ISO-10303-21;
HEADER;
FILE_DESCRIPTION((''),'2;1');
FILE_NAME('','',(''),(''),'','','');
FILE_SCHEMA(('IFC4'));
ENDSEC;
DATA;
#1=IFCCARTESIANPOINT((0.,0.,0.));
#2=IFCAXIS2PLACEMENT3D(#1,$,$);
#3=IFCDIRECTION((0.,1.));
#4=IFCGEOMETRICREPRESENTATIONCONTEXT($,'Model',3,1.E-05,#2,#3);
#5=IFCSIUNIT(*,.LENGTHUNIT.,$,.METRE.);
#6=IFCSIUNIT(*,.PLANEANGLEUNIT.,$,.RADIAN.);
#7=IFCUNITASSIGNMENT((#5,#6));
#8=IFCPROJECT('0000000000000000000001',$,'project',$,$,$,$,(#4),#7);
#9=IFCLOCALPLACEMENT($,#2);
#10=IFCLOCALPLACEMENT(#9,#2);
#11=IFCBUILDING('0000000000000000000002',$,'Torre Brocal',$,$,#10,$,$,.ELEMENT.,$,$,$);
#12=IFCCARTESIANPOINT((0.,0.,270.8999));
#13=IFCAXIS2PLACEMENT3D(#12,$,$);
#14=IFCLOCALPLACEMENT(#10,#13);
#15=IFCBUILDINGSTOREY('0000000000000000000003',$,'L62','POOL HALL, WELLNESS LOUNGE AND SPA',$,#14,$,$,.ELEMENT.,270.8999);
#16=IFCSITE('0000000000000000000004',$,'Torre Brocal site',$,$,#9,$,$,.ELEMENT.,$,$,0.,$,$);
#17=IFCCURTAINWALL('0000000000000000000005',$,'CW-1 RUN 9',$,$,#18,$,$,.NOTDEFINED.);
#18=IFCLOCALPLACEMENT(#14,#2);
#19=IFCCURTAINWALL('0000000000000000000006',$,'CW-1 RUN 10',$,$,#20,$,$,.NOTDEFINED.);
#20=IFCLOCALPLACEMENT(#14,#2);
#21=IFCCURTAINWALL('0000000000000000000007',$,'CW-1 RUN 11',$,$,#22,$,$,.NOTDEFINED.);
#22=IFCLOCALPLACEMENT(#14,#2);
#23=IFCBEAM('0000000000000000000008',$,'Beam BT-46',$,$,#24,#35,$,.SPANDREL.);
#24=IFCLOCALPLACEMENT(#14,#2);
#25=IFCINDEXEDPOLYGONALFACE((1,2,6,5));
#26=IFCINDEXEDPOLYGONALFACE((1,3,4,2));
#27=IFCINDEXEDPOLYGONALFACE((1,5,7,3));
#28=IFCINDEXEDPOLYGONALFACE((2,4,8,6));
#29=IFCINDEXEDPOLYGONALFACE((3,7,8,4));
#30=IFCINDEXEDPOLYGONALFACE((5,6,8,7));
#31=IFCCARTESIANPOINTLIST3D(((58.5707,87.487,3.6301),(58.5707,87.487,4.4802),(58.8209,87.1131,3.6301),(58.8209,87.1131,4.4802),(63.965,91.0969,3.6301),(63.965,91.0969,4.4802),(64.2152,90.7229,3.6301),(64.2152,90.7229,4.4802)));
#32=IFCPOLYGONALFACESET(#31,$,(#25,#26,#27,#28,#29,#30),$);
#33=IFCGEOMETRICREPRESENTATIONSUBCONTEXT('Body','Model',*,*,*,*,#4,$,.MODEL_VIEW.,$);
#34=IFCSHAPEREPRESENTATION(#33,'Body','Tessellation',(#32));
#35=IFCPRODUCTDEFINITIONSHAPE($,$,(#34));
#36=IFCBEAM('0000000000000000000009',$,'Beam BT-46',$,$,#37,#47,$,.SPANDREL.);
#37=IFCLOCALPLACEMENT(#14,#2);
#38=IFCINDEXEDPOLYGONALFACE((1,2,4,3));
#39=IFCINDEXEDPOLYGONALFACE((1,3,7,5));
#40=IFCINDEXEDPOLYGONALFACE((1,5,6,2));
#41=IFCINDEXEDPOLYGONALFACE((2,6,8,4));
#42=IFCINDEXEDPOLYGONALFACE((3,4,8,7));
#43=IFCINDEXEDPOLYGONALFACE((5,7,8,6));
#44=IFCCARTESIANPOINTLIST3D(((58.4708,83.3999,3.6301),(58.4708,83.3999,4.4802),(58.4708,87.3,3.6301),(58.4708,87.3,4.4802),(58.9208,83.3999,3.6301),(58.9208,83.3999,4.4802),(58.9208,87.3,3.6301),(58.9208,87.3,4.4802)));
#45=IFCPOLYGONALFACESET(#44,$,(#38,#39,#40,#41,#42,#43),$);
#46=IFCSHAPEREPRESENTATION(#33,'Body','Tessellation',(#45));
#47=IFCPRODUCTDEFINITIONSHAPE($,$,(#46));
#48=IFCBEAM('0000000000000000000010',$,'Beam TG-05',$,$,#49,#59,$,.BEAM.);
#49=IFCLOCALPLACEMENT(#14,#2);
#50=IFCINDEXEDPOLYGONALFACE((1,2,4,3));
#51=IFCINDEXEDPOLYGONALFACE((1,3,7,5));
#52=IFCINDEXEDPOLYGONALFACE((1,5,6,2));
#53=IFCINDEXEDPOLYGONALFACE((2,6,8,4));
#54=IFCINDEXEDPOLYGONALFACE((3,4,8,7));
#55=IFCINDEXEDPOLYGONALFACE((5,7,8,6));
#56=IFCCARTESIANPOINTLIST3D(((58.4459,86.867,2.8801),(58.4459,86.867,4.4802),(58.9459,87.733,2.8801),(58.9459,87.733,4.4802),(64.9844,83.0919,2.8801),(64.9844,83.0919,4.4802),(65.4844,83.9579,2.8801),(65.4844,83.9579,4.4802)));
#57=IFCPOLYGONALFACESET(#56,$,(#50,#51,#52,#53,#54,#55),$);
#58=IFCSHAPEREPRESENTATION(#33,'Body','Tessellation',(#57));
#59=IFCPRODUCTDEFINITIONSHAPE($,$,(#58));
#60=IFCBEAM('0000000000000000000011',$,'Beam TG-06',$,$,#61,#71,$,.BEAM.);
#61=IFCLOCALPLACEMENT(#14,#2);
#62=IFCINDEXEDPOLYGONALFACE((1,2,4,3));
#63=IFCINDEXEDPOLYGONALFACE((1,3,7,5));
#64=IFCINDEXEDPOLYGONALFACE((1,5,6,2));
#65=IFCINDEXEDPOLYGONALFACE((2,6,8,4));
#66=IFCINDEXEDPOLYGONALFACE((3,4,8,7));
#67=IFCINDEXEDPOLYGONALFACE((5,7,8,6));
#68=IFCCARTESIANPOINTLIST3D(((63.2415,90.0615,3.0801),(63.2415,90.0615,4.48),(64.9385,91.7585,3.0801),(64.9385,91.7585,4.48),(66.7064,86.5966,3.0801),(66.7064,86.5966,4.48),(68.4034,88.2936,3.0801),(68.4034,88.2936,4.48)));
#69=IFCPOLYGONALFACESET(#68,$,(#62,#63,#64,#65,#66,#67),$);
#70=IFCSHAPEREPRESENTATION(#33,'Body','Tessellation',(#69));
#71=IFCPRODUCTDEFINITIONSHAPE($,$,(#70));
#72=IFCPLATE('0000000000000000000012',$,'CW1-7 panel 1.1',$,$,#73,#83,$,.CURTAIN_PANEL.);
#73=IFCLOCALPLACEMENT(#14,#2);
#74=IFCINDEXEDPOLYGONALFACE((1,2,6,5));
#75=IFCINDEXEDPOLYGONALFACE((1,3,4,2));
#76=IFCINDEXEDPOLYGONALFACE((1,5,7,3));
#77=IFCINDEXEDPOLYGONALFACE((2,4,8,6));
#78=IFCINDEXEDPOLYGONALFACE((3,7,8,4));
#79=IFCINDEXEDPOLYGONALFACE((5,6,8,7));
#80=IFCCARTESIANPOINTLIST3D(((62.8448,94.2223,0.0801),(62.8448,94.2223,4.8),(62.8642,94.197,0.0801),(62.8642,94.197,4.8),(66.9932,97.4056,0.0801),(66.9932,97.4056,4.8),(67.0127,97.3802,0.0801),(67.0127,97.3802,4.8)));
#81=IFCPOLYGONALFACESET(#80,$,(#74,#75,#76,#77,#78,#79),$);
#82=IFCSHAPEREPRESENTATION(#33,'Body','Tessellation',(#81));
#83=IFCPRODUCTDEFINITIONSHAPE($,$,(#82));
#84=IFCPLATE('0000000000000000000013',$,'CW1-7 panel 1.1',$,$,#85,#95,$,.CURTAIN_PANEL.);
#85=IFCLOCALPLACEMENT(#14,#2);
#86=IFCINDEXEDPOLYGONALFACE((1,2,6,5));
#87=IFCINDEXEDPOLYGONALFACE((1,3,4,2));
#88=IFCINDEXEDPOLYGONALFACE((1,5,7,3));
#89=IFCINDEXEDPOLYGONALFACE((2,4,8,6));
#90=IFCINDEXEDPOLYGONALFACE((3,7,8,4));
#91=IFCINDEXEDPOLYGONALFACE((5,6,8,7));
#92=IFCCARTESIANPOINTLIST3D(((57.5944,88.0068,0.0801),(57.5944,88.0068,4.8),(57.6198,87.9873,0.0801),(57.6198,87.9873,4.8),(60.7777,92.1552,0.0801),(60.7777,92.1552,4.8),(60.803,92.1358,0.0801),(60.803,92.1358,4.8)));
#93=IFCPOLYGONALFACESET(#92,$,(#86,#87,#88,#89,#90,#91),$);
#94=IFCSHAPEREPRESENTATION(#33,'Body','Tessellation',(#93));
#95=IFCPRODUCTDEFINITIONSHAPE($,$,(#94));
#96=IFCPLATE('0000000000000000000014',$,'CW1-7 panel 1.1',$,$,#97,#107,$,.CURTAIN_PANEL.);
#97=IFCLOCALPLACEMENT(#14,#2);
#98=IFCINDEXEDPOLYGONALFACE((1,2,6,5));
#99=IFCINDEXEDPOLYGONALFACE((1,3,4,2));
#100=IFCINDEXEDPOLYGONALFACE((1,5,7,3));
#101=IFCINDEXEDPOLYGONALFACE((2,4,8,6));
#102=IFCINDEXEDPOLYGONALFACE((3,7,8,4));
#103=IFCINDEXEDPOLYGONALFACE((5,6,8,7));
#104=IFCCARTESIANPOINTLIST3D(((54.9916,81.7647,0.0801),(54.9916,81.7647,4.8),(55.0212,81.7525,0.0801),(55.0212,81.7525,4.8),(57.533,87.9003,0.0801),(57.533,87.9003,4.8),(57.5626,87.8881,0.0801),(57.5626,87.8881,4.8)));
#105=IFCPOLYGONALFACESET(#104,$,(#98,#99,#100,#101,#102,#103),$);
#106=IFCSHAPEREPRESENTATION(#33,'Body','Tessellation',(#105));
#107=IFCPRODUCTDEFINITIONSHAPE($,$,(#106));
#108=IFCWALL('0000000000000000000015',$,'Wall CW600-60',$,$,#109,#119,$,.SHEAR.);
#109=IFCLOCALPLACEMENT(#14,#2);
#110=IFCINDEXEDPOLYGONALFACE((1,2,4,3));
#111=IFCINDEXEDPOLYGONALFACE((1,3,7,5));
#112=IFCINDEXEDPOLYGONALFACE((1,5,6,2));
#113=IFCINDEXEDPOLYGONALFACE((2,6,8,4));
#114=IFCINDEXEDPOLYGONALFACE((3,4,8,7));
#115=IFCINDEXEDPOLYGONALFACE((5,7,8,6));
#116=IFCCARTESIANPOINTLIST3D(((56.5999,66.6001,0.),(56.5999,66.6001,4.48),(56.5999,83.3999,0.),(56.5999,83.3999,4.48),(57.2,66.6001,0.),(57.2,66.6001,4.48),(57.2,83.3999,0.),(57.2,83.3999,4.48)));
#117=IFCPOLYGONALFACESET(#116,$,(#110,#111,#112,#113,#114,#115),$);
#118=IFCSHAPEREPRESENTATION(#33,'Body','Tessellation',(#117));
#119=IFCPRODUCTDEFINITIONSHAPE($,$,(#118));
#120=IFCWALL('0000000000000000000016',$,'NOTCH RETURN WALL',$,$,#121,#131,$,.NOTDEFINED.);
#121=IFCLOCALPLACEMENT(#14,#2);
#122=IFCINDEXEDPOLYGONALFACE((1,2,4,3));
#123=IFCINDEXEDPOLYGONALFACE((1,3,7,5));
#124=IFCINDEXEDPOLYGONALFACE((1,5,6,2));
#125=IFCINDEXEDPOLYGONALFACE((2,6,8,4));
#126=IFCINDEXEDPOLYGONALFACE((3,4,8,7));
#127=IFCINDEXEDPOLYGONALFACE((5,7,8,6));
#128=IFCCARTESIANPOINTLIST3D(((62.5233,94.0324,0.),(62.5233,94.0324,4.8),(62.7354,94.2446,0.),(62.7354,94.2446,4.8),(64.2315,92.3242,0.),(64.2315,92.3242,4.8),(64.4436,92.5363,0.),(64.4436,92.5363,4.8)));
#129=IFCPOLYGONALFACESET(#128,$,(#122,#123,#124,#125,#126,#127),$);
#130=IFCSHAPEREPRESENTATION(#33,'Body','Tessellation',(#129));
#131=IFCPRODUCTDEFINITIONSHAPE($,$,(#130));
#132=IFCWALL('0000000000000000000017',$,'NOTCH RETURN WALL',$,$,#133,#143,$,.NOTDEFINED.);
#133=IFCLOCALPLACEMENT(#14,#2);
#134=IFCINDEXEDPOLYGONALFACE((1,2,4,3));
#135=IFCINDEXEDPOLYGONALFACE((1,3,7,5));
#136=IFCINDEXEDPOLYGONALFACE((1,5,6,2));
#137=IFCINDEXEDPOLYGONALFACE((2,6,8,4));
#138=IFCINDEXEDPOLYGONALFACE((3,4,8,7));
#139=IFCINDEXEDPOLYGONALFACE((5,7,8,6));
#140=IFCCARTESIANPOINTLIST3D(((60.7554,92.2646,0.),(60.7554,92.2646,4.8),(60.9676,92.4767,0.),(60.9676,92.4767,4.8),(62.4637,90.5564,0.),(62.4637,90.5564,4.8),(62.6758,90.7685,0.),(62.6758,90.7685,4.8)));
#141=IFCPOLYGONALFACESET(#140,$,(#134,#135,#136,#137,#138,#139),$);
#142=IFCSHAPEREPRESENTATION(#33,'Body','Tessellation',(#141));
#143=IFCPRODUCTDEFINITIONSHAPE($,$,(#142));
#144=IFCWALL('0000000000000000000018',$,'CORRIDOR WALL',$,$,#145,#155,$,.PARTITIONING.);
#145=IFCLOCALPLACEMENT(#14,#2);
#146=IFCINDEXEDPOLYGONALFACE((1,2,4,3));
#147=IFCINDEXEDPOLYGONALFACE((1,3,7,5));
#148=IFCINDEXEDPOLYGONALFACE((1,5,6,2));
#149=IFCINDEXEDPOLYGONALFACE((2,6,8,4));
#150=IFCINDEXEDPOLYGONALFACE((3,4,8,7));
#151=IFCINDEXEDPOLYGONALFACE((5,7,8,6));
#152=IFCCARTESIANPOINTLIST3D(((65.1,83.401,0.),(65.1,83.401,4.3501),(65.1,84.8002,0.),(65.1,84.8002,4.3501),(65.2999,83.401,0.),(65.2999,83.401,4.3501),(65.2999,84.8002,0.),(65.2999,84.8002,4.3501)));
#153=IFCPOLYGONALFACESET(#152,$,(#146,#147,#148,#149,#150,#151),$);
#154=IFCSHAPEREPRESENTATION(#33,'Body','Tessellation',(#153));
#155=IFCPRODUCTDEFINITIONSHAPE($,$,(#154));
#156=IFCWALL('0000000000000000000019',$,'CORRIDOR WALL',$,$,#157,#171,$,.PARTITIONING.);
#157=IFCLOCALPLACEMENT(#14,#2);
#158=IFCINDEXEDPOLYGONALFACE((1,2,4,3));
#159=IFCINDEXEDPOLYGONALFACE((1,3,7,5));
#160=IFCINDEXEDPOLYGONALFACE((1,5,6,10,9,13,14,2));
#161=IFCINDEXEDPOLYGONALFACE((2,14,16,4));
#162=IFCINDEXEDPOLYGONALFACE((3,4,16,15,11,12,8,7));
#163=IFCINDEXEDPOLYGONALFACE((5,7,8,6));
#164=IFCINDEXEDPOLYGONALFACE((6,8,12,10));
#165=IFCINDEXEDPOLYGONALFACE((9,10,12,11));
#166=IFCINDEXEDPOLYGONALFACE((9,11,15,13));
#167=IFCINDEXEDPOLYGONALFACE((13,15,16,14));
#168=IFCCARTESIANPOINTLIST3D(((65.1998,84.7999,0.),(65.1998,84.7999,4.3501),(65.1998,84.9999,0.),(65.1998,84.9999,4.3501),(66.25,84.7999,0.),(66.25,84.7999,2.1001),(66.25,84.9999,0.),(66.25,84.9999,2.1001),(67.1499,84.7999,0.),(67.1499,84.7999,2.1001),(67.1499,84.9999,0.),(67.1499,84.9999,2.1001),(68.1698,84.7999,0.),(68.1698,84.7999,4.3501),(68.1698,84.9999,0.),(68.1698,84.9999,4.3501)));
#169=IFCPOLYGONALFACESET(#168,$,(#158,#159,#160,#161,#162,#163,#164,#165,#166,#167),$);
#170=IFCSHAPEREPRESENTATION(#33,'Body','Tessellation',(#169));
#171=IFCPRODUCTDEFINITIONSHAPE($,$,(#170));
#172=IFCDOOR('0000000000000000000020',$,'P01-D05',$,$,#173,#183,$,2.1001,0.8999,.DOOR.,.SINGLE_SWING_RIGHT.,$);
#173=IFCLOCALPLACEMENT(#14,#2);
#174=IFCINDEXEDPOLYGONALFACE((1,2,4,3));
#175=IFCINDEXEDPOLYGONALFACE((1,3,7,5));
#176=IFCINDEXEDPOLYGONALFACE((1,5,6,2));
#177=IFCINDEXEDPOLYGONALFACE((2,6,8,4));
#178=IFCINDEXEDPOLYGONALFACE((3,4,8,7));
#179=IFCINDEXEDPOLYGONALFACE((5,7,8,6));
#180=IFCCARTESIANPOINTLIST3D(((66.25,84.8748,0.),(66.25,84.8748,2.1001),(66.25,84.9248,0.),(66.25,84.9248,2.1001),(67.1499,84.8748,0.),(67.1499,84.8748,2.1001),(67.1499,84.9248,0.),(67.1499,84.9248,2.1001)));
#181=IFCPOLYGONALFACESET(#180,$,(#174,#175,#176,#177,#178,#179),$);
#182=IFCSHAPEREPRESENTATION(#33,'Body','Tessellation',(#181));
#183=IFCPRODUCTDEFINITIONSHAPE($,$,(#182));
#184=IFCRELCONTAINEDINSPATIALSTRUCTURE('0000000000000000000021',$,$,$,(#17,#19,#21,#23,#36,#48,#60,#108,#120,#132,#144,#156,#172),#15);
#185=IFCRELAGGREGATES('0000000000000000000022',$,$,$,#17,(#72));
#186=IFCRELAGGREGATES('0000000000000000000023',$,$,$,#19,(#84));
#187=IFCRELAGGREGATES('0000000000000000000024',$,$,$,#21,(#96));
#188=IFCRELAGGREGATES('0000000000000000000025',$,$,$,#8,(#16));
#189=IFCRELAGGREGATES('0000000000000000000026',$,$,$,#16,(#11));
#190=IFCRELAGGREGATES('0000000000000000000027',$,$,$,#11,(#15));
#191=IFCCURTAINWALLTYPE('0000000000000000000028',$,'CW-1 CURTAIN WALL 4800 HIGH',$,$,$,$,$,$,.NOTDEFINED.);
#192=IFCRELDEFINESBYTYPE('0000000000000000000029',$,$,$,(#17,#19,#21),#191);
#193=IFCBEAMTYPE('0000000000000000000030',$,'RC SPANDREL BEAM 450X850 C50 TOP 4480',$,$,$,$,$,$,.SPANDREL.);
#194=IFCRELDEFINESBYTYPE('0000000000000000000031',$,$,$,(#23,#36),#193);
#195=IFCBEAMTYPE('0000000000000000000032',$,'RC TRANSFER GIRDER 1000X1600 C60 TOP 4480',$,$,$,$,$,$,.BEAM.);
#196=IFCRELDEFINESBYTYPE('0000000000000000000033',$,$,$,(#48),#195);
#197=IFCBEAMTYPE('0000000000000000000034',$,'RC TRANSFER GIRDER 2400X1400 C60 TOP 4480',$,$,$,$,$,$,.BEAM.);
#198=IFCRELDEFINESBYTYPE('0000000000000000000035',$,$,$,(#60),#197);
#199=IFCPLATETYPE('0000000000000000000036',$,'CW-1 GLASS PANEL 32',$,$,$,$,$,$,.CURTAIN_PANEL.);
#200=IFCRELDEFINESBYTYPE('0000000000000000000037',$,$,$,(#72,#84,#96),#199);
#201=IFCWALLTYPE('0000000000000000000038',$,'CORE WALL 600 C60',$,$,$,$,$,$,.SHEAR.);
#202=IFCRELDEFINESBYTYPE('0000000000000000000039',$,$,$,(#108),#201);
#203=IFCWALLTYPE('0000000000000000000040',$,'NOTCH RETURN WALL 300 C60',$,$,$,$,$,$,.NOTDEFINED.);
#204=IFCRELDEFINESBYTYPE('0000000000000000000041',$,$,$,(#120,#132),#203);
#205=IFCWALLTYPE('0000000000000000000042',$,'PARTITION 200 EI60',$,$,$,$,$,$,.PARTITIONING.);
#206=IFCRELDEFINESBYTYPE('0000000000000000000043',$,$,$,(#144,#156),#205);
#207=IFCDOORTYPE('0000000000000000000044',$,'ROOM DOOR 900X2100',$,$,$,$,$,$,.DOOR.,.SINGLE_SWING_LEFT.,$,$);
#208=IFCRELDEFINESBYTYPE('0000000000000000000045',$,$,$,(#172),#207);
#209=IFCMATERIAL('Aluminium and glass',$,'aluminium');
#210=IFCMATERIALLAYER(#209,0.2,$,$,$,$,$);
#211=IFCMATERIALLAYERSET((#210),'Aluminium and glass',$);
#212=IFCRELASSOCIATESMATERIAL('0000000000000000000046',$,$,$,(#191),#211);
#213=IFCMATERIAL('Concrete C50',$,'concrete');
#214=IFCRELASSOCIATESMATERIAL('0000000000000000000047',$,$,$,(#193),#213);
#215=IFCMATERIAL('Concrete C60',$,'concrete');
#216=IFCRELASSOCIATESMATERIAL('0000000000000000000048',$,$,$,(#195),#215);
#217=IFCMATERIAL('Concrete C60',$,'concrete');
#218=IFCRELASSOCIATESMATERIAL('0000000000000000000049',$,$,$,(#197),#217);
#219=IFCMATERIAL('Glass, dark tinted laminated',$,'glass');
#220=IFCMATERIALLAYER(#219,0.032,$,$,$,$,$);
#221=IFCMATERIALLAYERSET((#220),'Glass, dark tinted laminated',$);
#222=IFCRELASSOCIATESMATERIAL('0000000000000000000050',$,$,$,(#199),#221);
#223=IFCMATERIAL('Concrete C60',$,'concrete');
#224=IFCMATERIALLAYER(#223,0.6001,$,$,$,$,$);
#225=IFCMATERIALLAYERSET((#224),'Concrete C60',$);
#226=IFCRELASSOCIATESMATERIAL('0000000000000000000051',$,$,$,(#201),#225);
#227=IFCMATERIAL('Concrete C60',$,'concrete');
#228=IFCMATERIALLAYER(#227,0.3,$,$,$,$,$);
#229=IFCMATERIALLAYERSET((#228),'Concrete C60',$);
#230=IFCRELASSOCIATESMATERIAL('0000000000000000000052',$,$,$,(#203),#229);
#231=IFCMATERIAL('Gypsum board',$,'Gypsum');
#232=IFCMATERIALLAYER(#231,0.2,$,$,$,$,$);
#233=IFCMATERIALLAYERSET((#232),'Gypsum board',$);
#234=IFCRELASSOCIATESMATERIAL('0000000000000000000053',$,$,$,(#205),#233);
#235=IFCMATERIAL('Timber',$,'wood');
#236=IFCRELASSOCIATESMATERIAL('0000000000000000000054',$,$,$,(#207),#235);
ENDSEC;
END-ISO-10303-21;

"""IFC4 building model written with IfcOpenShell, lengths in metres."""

from ifc_helpers import new_model, si_unit, direction, frame, frame_2d, origin, origin_2d, place, context, subcontext, project, spatial, rectangle, extrude, material, layer, layer_set, material_profile, profile_set, type_object, element, fill, aggregate, save


model = new_model("IFC4")

# Units and contexts
model_context = context("Model", 3, precision=1e-05, world=origin(), true_north=direction((0.0, 1.0)))
body_context = subcontext(model_context, "Body", "Model", "MODEL_VIEW")
ifc_project = project(units=[si_unit("LENGTHUNIT", "METRE"), si_unit("PLANEANGLEUNIT", "RADIAN")], contexts=[model_context])

# Site, building, storey
site_placement = place(None, origin())
site = spatial("IfcSite", under=ifc_project, at=site_placement, Name="Torre Brocal site", CompositionType="ELEMENT", RefElevation=0.0)
building_placement = place(site_placement, origin())
building = spatial("IfcBuilding", under=site, at=building_placement, Name="Torre Brocal", CompositionType="ELEMENT")
storey_placement = place(building_placement, frame((0.0, 0.0, 270.8999)))
storey = spatial("IfcBuildingStorey", under=building, at=storey_placement, Name="L62", Description="POOL HALL, WELLNESS LOUNGE AND SPA", CompositionType="ELEMENT", Elevation=270.8999)

# Shared definitions
ifc_material_1 = material(Name="Aluminium and glass", Category="aluminium")
ifc_layer_1 = layer(ifc_material_1, 0.2)
ifc_layer_set_1 = layer_set([ifc_layer_1], Name="Aluminium and glass")
curtain_wall_type = type_object("IfcCurtainWallType", Name="CW-1 CURTAIN WALL 4800 HIGH", PredefinedType="NOTDEFINED", material=ifc_layer_set_1)

# Curtain walls
curtain_wall_1_placement = place(storey_placement, origin())
curtain_wall_1 = element("IfcCurtainWall", 1, at=curtain_wall_1_placement, inside=storey, type_object=curtain_wall_type, Name="CW-1 RUN 9", PredefinedType="NOTDEFINED")
curtain_wall_2_placement = place(storey_placement, origin())
curtain_wall_2 = element("IfcCurtainWall", 2, at=curtain_wall_2_placement, inside=storey, type_object=curtain_wall_type, Name="CW-1 RUN 10", PredefinedType="NOTDEFINED")

# Curtain wall
curtain_wall_3_placement = place(storey_placement, origin())
curtain_wall_3 = element("IfcCurtainWall", 3, at=curtain_wall_3_placement, inside=storey, type_object=curtain_wall_type, Name="CW-1 RUN 11", PredefinedType="NOTDEFINED")

# Beams
ifc_material_2 = material(Name="Concrete C50", Category="concrete")
ifc_material_profile_1 = material_profile(ifc_material_2, rectangle(XDim=0.45, YDim=0.8501, at=origin_2d()), Name="RC 450X850")
ifc_profile_set_1 = profile_set([ifc_material_profile_1], Name="Concrete C50")
beam_type_1 = type_object("IfcBeamType", Name="RC SPANDREL BEAM 450X850 C50 TOP 4480", PredefinedType="SPANDREL", material=ifc_profile_set_1)
beam_1_placement = place(storey_placement, frame((64.0901, 90.9099, 4.0552), z_axis=(-0.831077, -0.556158, 0.0), x_axis=(0.556158, -0.831077, 0.0)))
element("IfcBeam", 4, at=beam_1_placement, inside=storey, type_object=beam_type_1, Name="Beam BT-46", PredefinedType="SPANDREL", context=body_context, shape_type="SweptSolid", body=[
    extrude(rectangle(XDim=0.45, YDim=0.8501, at=origin_2d()), origin(), (0.0, 0.0, 1.0), 6.4907),
])
beam_2_placement = place(storey_placement, frame((58.6958, 87.3, 4.0552), z_axis=(0.0, -1.0, 0.0), x_axis=(1.0, 0.0, 0.0)))
element("IfcBeam", 5, at=beam_2_placement, inside=storey, type_object=beam_type_1, Name="Beam BT-46", PredefinedType="SPANDREL", context=body_context, shape_type="SweptSolid", body=[
    extrude(rectangle(XDim=0.45, YDim=0.8501, at=origin_2d()), origin(), (0.0, 0.0, 1.0), 3.9001),
])
ifc_material_3 = material(Name="Concrete C60", Category="concrete")
ifc_material_profile_2 = material_profile(ifc_material_3, rectangle(XDim=1.0, YDim=1.6001, at=origin_2d()), Name="RC 1000X1600")
ifc_profile_set_2 = profile_set([ifc_material_profile_2], Name="Concrete C60")
beam_type_2 = type_object("IfcBeamType", Name="RC TRANSFER GIRDER 1000X1600 C60 TOP 4480", PredefinedType="BEAM", material=ifc_profile_set_2)
beam_3_placement = place(storey_placement, frame((65.2344, 83.5249, 3.6802), z_axis=(-0.86602, 0.50001, 0.0), x_axis=(-0.50001, -0.86602, 0.0)))
element("IfcBeam", 6, at=beam_3_placement, inside=storey, type_object=beam_type_2, Name="Beam TG-05", PredefinedType="BEAM", context=body_context, shape_type="SweptSolid", body=[
    extrude(rectangle(XDim=1.0, YDim=1.6001, at=origin_2d()), origin(), (0.0, 0.0, 1.0), 7.55),
])
ifc_material_4 = material(Name="Concrete C60", Category="concrete")
ifc_material_profile_3 = material_profile(ifc_material_4, rectangle(XDim=2.3999, YDim=1.3999, at=origin_2d()), Name="RC 2400X1400")
ifc_profile_set_3 = profile_set([ifc_material_profile_3], Name="Concrete C60")
beam_type_3 = type_object("IfcBeamType", Name="RC TRANSFER GIRDER 2400X1400 C60 TOP 4480", PredefinedType="BEAM", material=ifc_profile_set_3)
beam_4_placement = place(storey_placement, frame((67.5549, 87.4451, 3.78), z_axis=(-0.707107, 0.707107, 0.0), x_axis=(-0.707107, -0.707107, 0.0)))
element("IfcBeam", 7, at=beam_4_placement, inside=storey, type_object=beam_type_3, Name="Beam TG-06", PredefinedType="BEAM", context=body_context, shape_type="SweptSolid", body=[
    extrude(rectangle(XDim=2.3999, YDim=1.3999, at=origin_2d()), origin(), (0.0, 0.0, 1.0), 4.9001),
])

# Plates
ifc_material_5 = material(Name="Glass, dark tinted laminated", Category="glass")
ifc_layer_2 = layer(ifc_material_5, 0.032)
ifc_layer_set_2 = layer_set([ifc_layer_2], Name="Glass, dark tinted laminated")
plate_type = type_object("IfcPlateType", Name="CW-1 GLASS PANEL 32", PredefinedType="CURTAIN_PANEL", material=ifc_layer_set_2)
plate_1_placement = place(storey_placement, frame((64.9287, 95.8013, 0.0801), z_axis=(0.0, 0.0, 1.0), x_axis=(-0.793353, -0.608761, 0.0)))
plate_1 = element("IfcPlate", 8, at=plate_1_placement, type_object=plate_type, Name="CW1-7 panel 1.1", PredefinedType="CURTAIN_PANEL", context=body_context, shape_type="SweptSolid", body=[
    extrude(rectangle(XDim=5.229, YDim=0.032, at=origin_2d()), origin(), (0.0, 0.0, 1.0), 4.72),
])
aggregate(curtain_wall_1, [plate_1])
plate_2_placement = place(storey_placement, frame((59.1987, 90.0713, 0.0801), z_axis=(0.0, 0.0, 1.0), x_axis=(-0.608761, -0.793353, 0.0)))
plate_2 = element("IfcPlate", 9, at=plate_2_placement, type_object=plate_type, Name="CW1-7 panel 1.1", PredefinedType="CURTAIN_PANEL", context=body_context, shape_type="SweptSolid", body=[
    extrude(rectangle(XDim=5.229, YDim=0.032, at=origin_2d()), origin(), (0.0, 0.0, 1.0), 4.72),
])
aggregate(curtain_wall_2, [plate_2])
plate_3_placement = place(storey_placement, frame((56.2771, 84.8264, 0.0801), z_axis=(0.0, 0.0, 1.0), x_axis=(-0.382683, -0.92388, 0.0)))
plate_3 = element("IfcPlate", 10, at=plate_3_placement, type_object=plate_type, Name="CW1-7 panel 1.1", PredefinedType="CURTAIN_PANEL", context=body_context, shape_type="SweptSolid", body=[
    extrude(rectangle(XDim=6.6411, YDim=0.032, at=origin_2d()), origin(), (0.0, 0.0, 1.0), 4.72),
])
aggregate(curtain_wall_3, [plate_3])

# Walls
ifc_material_6 = material(Name="Concrete C60", Category="concrete")
ifc_layer_3 = layer(ifc_material_6, 0.6001)
ifc_layer_set_3 = layer_set([ifc_layer_3], Name="Concrete C60")
wall_type_1 = type_object("IfcWallType", Name="CORE WALL 600 C60", PredefinedType="SHEAR", material=ifc_layer_set_3)
wall_1_placement = place(storey_placement, frame((56.8999, 83.3999, 0.0), z_axis=(0.0, 0.0, 1.0), x_axis=(0.0, -1.0, 0.0)))
element("IfcWall", 11, at=wall_1_placement, inside=storey, type_object=wall_type_1, Name="Wall CW600-60", PredefinedType="SHEAR", context=body_context, shape_type="SweptSolid", body=[
    extrude(rectangle(XDim=16.7998, YDim=0.6001, at=frame_2d((8.3999, 0.0))), origin(), (0.0, 0.0, 1.0), 4.48),
])
ifc_material_7 = material(Name="Concrete C60", Category="concrete")
ifc_layer_4 = layer(ifc_material_7, 0.3)
ifc_layer_set_4 = layer_set([ifc_layer_4], Name="Concrete C60")
wall_type_2 = type_object("IfcWallType", Name="NOTCH RETURN WALL 300 C60", PredefinedType="NOTDEFINED", material=ifc_layer_set_4)
for number, where, z_axis, x_axis, name in (
    (12, (64.3376, 92.4302, 0.0), (0.0, 0.0, 1.0), (-0.707107, 0.707107, 0.0), "NOTCH RETURN WALL"),
    (13, (62.5698, 90.6624, 0.0), (0.0, 0.0, 1.0), (-0.707107, 0.707107, 0.0), "NOTCH RETURN WALL"),
):
    element("IfcWall", number, at=place(storey_placement, frame(where, z_axis=z_axis, x_axis=x_axis)), inside=storey, type_object=wall_type_2, Name=name, PredefinedType="NOTDEFINED", context=body_context, shape_type="SweptSolid", body=[
        extrude(rectangle(XDim=2.4158, YDim=0.3, at=frame_2d((1.208, 0.0))), origin(), (0.0, 0.0, 1.0), 4.8),
    ])
ifc_material_8 = material(Name="Gypsum board", Category="Gypsum")
ifc_layer_5 = layer(ifc_material_8, 0.2)
ifc_layer_set_5 = layer_set([ifc_layer_5], Name="Gypsum board")
wall_type_3 = type_object("IfcWallType", Name="PARTITION 200 EI60", PredefinedType="PARTITIONING", material=ifc_layer_set_5)
wall_2_placement = place(storey_placement, frame((65.2, 83.4009, 0.0), z_axis=(0.0, 0.0, 1.0), x_axis=(0.0, 1.0, 0.0)))
element("IfcWall", 14, at=wall_2_placement, inside=storey, type_object=wall_type_3, Name="CORRIDOR WALL", PredefinedType="PARTITIONING", context=body_context, shape_type="SweptSolid", body=[
    extrude(rectangle(XDim=1.3992, YDim=0.2, at=frame_2d((0.6997, 0.0))), origin(), (0.0, 0.0, 1.0), 4.3501),
])

# Wall, opening, door
wall_3_placement = place(storey_placement, frame((65.2, 84.8999, 0.0), z_axis=(0.0, 0.0, 1.0), x_axis=(1.0, 0.0, 0.0)))
wall_3 = element("IfcWall", 15, at=wall_3_placement, inside=storey, type_object=wall_type_3, Name="CORRIDOR WALL", PredefinedType="PARTITIONING", context=body_context, shape_type="SweptSolid", body=[
    extrude(rectangle(XDim=2.97, YDim=0.2, at=frame_2d((1.4849, 0.0))), origin(), (0.0, 0.0, 1.0), 4.3501),
])
opening_placement = place(wall_3_placement, frame((1.05, 0.0, 0.0)))
opening = element("IfcOpeningElement", 16, at=opening_placement, cuts=wall_3, PredefinedType="OPENING", context=body_context, shape_type="SweptSolid", body=[
    extrude(rectangle(XDim=0.8999, YDim=2.1001, at=frame_2d((0.45, 1.05))), frame((0.0, 0.1099, 0.0), z_axis=(0.0, -1.0, 0.0), x_axis=(1.0, 0.0, 0.0)), (0.0, 0.0, 1.0), 0.22),
])
ifc_material_9 = material(Name="Timber", Category="wood")
door_type = type_object("IfcDoorType", Name="ROOM DOOR 900X2100", OperationType="SINGLE_SWING_LEFT", PredefinedType="DOOR", material=ifc_material_9)
door_placement = place(opening_placement, origin())
door = element("IfcDoor", 17, at=door_placement, inside=storey, type_object=door_type, Name="P01-D05", OperationType="SINGLE_SWING_RIGHT", OverallHeight=2.1001, OverallWidth=0.8999, PredefinedType="DOOR", context=body_context, shape_type="SweptSolid", body=[
    extrude(rectangle(XDim=0.8999, YDim=2.1001, at=frame_2d((0.45, 1.05))), frame((0.0, 0.0249, 0.0), z_axis=(0.0, -1.0, 0.0), x_axis=(1.0, 0.0, 0.0)), (0.0, 0.0, 1.0), 0.05),
])
fill(opening, door)

save(model, "model.ifc")
